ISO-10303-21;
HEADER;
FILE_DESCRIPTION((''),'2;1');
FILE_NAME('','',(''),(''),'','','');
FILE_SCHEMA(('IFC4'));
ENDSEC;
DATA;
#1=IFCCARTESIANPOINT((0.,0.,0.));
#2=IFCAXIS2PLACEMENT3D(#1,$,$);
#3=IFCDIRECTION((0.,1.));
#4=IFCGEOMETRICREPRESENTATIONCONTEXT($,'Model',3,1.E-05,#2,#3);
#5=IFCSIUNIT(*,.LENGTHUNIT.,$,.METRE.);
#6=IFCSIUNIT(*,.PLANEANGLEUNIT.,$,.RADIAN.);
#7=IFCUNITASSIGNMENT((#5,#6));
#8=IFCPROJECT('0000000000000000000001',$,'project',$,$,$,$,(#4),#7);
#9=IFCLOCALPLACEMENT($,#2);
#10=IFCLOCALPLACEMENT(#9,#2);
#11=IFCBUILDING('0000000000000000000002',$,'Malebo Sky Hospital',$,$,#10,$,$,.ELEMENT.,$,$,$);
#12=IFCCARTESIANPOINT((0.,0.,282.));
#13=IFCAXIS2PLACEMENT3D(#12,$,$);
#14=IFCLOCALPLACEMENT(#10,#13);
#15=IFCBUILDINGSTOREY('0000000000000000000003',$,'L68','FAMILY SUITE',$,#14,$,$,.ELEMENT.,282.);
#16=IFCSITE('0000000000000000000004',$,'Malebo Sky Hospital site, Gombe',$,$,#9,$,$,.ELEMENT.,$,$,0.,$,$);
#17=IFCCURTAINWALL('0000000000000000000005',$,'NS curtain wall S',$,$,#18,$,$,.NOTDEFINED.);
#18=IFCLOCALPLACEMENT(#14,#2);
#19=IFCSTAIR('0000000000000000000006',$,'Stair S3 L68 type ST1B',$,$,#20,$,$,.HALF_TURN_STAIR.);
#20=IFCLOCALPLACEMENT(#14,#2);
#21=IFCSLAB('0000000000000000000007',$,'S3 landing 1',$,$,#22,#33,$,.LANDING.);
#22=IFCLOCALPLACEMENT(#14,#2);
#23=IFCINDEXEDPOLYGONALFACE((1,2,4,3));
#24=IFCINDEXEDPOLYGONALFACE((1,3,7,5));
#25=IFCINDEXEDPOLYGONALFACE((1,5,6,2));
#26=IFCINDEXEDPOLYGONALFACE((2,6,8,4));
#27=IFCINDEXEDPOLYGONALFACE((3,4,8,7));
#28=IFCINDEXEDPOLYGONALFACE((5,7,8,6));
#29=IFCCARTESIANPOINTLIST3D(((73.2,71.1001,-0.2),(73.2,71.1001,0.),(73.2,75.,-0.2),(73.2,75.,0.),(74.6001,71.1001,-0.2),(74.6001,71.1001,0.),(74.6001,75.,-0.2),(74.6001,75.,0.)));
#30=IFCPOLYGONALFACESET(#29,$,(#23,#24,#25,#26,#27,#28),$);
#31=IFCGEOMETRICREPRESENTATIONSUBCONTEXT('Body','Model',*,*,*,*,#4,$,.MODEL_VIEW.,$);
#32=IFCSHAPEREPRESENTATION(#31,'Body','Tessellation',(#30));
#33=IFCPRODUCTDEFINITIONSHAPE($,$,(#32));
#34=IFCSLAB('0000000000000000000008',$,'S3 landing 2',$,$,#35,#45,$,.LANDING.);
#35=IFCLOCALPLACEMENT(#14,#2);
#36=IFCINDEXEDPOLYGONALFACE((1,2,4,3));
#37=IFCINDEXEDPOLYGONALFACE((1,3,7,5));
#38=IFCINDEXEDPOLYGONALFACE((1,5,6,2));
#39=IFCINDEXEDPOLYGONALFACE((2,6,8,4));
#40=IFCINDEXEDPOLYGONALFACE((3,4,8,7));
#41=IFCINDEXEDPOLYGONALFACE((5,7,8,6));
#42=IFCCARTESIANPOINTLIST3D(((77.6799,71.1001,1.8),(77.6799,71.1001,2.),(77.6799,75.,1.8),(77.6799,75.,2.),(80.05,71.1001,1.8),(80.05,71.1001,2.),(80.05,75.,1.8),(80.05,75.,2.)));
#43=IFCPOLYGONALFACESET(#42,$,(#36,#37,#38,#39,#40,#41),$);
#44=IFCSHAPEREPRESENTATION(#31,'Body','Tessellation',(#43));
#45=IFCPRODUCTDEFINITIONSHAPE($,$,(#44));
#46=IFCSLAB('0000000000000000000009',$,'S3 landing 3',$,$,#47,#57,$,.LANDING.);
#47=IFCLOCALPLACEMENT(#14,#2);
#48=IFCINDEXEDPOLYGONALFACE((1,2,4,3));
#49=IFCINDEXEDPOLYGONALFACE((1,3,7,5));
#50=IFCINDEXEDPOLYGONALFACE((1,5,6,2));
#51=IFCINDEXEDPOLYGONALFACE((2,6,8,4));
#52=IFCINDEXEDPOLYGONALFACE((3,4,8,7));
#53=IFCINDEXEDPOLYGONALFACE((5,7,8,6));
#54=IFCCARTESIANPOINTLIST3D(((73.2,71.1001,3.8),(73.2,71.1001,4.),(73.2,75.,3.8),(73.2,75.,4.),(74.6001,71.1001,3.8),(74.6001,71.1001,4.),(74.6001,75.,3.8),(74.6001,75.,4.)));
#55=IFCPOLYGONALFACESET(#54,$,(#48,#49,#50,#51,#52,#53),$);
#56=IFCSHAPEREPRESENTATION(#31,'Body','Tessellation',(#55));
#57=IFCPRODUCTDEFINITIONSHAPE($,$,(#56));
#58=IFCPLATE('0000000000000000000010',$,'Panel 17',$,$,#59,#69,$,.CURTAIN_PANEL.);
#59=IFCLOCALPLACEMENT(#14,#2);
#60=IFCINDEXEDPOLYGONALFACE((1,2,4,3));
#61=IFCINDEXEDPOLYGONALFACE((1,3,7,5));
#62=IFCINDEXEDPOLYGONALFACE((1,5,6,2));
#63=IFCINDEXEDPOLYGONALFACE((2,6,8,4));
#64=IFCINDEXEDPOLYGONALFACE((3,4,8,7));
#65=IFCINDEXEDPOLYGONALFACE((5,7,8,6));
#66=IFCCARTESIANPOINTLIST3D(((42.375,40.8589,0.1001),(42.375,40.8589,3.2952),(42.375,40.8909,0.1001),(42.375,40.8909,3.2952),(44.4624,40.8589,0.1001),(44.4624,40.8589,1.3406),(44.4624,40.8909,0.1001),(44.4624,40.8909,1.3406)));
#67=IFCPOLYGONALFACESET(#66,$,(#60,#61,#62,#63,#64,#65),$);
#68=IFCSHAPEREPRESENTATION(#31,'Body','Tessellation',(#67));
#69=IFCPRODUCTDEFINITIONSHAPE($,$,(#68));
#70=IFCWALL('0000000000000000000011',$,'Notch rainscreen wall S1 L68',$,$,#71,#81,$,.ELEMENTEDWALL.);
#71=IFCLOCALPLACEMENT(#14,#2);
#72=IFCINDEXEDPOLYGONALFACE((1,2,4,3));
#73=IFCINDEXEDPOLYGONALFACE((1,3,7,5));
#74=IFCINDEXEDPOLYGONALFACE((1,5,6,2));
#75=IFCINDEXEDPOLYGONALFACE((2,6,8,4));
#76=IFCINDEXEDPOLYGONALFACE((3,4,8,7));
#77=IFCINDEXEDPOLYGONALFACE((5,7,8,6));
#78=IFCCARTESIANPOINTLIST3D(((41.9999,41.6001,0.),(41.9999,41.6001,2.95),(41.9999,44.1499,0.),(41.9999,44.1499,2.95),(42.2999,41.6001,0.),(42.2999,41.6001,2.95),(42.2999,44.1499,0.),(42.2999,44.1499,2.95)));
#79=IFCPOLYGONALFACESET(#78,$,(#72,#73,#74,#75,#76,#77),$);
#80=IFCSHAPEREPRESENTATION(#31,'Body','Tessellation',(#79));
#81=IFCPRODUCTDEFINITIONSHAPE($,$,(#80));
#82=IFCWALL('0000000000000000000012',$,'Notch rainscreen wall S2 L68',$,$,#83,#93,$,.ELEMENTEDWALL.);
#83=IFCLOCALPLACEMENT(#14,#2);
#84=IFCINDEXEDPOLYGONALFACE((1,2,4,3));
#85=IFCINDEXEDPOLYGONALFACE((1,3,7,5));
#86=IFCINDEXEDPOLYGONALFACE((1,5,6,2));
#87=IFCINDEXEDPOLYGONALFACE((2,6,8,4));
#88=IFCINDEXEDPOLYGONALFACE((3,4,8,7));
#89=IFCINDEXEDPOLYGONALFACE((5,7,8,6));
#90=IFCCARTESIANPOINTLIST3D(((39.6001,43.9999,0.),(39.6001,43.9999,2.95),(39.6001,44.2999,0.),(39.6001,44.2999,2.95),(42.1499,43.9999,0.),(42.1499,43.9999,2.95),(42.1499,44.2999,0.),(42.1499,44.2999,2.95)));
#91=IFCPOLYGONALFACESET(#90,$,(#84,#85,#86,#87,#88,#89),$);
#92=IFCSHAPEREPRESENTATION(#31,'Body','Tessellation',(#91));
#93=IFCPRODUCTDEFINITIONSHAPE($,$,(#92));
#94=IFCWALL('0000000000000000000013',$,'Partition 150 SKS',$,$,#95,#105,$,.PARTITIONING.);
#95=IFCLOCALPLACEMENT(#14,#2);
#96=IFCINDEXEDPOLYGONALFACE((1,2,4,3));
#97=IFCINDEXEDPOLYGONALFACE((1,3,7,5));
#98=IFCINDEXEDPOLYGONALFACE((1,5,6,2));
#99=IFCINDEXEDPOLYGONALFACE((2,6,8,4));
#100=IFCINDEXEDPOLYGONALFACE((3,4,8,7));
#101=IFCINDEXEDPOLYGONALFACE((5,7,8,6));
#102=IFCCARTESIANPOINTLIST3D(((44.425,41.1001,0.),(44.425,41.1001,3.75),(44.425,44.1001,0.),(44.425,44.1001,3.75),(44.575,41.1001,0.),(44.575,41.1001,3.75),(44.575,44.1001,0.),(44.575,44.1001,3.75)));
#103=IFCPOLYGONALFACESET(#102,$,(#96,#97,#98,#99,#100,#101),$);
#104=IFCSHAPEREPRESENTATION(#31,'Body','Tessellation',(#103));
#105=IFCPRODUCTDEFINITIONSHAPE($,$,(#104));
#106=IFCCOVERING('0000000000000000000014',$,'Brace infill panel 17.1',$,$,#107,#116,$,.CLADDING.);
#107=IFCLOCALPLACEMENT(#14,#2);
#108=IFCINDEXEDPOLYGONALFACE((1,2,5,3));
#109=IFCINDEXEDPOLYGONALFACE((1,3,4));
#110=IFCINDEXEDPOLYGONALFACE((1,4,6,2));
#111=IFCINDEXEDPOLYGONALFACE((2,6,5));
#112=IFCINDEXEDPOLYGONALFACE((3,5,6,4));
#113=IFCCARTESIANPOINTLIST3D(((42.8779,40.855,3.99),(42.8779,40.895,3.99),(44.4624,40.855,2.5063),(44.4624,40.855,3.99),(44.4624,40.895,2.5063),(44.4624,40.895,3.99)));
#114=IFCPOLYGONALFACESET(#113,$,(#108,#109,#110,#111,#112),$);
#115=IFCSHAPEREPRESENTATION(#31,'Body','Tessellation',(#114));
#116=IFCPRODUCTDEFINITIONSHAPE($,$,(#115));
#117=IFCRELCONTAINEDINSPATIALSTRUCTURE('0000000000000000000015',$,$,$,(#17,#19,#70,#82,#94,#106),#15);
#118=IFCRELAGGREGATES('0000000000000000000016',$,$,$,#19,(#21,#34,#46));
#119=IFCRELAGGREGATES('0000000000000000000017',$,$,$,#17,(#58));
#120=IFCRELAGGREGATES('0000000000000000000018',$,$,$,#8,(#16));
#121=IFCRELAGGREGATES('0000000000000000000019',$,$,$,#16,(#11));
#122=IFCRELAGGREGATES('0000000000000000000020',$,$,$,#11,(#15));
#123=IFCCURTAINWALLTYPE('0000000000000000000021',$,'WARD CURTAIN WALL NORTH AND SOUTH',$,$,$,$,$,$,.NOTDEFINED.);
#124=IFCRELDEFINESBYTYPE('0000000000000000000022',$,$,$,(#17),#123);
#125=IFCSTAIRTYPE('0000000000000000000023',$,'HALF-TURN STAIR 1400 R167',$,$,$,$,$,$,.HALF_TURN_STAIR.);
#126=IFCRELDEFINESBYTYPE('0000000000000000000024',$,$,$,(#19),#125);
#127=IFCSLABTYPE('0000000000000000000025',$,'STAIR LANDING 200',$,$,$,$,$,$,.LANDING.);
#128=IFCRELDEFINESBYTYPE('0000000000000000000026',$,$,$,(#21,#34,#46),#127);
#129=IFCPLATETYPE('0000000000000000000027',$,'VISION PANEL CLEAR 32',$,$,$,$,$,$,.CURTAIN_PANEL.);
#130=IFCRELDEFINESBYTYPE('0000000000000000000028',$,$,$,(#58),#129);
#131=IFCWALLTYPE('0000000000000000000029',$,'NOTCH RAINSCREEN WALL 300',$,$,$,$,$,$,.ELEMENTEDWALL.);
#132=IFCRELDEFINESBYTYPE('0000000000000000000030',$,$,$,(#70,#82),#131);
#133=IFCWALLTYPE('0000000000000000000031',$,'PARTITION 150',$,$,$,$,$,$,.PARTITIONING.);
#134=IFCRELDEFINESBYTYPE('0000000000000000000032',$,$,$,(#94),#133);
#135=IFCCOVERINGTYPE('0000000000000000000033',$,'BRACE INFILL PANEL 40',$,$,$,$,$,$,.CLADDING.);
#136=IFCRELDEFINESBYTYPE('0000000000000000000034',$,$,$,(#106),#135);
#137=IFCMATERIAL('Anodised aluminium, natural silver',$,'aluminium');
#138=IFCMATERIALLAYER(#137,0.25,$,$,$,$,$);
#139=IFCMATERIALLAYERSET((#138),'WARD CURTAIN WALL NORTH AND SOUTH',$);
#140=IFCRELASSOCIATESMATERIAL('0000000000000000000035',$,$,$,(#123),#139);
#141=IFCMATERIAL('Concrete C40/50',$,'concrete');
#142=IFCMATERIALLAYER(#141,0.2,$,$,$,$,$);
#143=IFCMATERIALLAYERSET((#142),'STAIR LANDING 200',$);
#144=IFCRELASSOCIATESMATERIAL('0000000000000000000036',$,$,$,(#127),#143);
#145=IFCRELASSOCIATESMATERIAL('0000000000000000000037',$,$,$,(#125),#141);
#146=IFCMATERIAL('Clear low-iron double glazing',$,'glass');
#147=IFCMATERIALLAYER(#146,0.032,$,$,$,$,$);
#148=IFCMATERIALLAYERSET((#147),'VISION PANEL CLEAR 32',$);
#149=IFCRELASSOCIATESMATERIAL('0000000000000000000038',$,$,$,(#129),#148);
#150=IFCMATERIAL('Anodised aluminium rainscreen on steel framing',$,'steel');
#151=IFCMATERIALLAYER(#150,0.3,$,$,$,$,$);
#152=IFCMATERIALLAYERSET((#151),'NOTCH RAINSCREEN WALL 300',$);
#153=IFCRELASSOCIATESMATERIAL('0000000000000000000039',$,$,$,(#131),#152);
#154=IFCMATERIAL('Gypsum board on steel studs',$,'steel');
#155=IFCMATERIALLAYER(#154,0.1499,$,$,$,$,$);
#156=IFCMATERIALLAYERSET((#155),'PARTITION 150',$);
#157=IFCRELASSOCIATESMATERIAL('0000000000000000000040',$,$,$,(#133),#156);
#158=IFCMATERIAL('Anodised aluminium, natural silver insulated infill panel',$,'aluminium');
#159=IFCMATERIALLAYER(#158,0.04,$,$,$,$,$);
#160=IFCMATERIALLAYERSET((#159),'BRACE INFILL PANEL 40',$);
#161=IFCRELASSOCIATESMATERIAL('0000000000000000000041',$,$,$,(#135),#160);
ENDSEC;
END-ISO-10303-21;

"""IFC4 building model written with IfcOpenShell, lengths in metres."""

from ifc_helpers import new_model, si_unit, direction, frame, frame_2d, origin, place, context, subcontext, project, spatial, polyline, rectangle, outline, extrude, material, layer, layer_set, type_object, element, aggregate, save


model = new_model("IFC4")

# Units and contexts
model_context = context("Model", 3, precision=1e-05, world=origin(), true_north=direction((0.0, 1.0)))
body_context = subcontext(model_context, "Body", "Model", "MODEL_VIEW")
ifc_project = project(units=[si_unit("LENGTHUNIT", "METRE"), si_unit("PLANEANGLEUNIT", "RADIAN")], contexts=[model_context])

# Site, building, storey
site_placement = place(None, origin())
site = spatial("IfcSite", under=ifc_project, at=site_placement, Name="Malebo Sky Hospital site, Gombe", CompositionType="ELEMENT", RefElevation=0.0)
building_placement = place(site_placement, origin())
building = spatial("IfcBuilding", under=site, at=building_placement, Name="Malebo Sky Hospital", CompositionType="ELEMENT")
storey_placement = place(building_placement, frame((0.0, 0.0, 282.0)))
storey = spatial("IfcBuildingStorey", under=building, at=storey_placement, Name="L68", Description="FAMILY SUITE", CompositionType="ELEMENT", Elevation=282.0)

# Curtain wall
ifc_material_1 = material(Name="Anodised aluminium, natural silver", Category="aluminium")
ifc_layer_1 = layer(ifc_material_1, 0.25)
ifc_layer_set_1 = layer_set([ifc_layer_1], Name="WARD CURTAIN WALL NORTH AND SOUTH")
curtain_wall_type_1 = type_object("IfcCurtainWallType", Name="WARD CURTAIN WALL NORTH AND SOUTH", PredefinedType="NOTDEFINED", material=ifc_layer_set_1)
curtain_wall_1_placement = place(storey_placement, origin())
curtain_wall_1 = element("IfcCurtainWall", 1, at=curtain_wall_1_placement, inside=storey, type_object=curtain_wall_type_1, Name="NS curtain wall S", PredefinedType="NOTDEFINED")

# Shared definitions
ifc_material_2 = material(Name="Concrete C40/50", Category="concrete")

# Stair, slabs
ifc_layer_2 = layer(ifc_material_2, 0.2)
ifc_layer_set_2 = layer_set([ifc_layer_2], Name="STAIR LANDING 200")
slab_type_1 = type_object("IfcSlabType", Name="STAIR LANDING 200", PredefinedType="LANDING", material=ifc_layer_set_2)
stair_type_1 = type_object("IfcStairType", Name="HALF-TURN STAIR 1400 R167", PredefinedType="HALF_TURN_STAIR", material=ifc_material_2)
stair_1_placement = place(storey_placement, origin())
stair_1 = element("IfcStair", 2, at=stair_1_placement, inside=storey, type_object=stair_type_1, Name="Stair S3 L68 type ST1B", PredefinedType="HALF_TURN_STAIR")
slab_1_placement = place(storey_placement, frame((0.0, 0.0, -0.2)))
slab_1 = element("IfcSlab", 3, at=slab_1_placement, type_object=slab_type_1, Name="S3 landing 1", PredefinedType="LANDING", context=body_context, shape_type="SweptSolid", body=[
    extrude(outline(polyline([(73.2, 71.1001), (73.2, 75.0), (74.6001, 75.0), (74.6001, 71.1001), (73.2, 71.1001)])), origin(), (0.0, 0.0, 1.0), 0.2),
])
slab_2_placement = place(storey_placement, frame((0.0, 0.0, 1.8)))
slab_2 = element("IfcSlab", 4, at=slab_2_placement, type_object=slab_type_1, Name="S3 landing 2", PredefinedType="LANDING", context=body_context, shape_type="SweptSolid", body=[
    extrude(outline(polyline([(77.6799, 71.1001), (77.6799, 75.0), (80.05, 75.0), (80.05, 71.1001), (77.6799, 71.1001)])), origin(), (0.0, 0.0, 1.0), 0.2),
])
slab_3_placement = place(storey_placement, frame((0.0, 0.0, 3.8)))
slab_3 = element("IfcSlab", 5, at=slab_3_placement, type_object=slab_type_1, Name="S3 landing 3", PredefinedType="LANDING", context=body_context, shape_type="SweptSolid", body=[
    extrude(outline(polyline([(73.2, 71.1001), (73.2, 75.0), (74.6001, 75.0), (74.6001, 71.1001), (73.2, 71.1001)])), origin(), (0.0, 0.0, 1.0), 0.2),
])
aggregate(stair_1, [slab_1, slab_2, slab_3])

# Plate
ifc_material_3 = material(Name="Clear low-iron double glazing", Category="glass")
ifc_layer_3 = layer(ifc_material_3, 0.032)
ifc_layer_set_3 = layer_set([ifc_layer_3], Name="VISION PANEL CLEAR 32")
plate_type = type_object("IfcPlateType", Name="VISION PANEL CLEAR 32", PredefinedType="CURTAIN_PANEL", material=ifc_layer_set_3)
plate_placement = place(storey_placement, frame((43.4187, 40.875, 0.1001), z_axis=(0.0, 0.0, 1.0), x_axis=(-1.0, 0.0, 0.0)))
plate = element("IfcPlate", 6, at=plate_placement, type_object=plate_type, Name="Panel 17", PredefinedType="CURTAIN_PANEL", context=body_context, shape_type="SweptSolid", body=[
    extrude(outline(polyline([(-1.0437, 0.0), (1.0437, 0.0), (1.0437, 3.1951), (-1.0437, 1.2405), (-1.0437, 0.0)])), frame((0.0, 0.0161, 0.0), z_axis=(0.0, -1.0, 0.0), x_axis=(1.0, 0.0, 0.0)), (0.0, 0.0, 1.0), 0.032),
])
aggregate(curtain_wall_1, [plate])

# Walls
ifc_material_4 = material(Name="Anodised aluminium rainscreen on steel framing", Category="steel")
ifc_layer_4 = layer(ifc_material_4, 0.3)
ifc_layer_set_4 = layer_set([ifc_layer_4], Name="NOTCH RAINSCREEN WALL 300")
wall_type_1 = type_object("IfcWallType", Name="NOTCH RAINSCREEN WALL 300", PredefinedType="ELEMENTEDWALL", material=ifc_layer_set_4)
for number, where, z_axis, x_axis, name in (
    (7, (42.1499, 41.6001, 0.0), (0.0, 0.0, 1.0), (0.0, 1.0, 0.0), "Notch rainscreen wall S1 L68"),
    (8, (42.1499, 44.1499, 0.0), (0.0, 0.0, 1.0), (-1.0, 0.0, 0.0), "Notch rainscreen wall S2 L68"),
):
    element("IfcWall", number, at=place(storey_placement, frame(where, z_axis=z_axis, x_axis=x_axis)), inside=storey, type_object=wall_type_1, Name=name, PredefinedType="ELEMENTEDWALL", context=body_context, shape_type="SweptSolid", body=[
        extrude(rectangle(XDim=2.5498, YDim=0.3, at=frame_2d((1.2749, 0.0))), origin(), (0.0, 0.0, 1.0), 2.95),
    ])
ifc_material_5 = material(Name="Gypsum board on steel studs", Category="steel")
ifc_layer_5 = layer(ifc_material_5, 0.1499)
ifc_layer_set_5 = layer_set([ifc_layer_5], Name="PARTITION 150")
wall_type_2 = type_object("IfcWallType", Name="PARTITION 150", PredefinedType="PARTITIONING", material=ifc_layer_set_5)
wall_placement = place(storey_placement, frame((44.5, 44.1001, 0.0), z_axis=(0.0, 0.0, 1.0), x_axis=(0.0, -1.0, 0.0)))
element("IfcWall", 9, at=wall_placement, inside=storey, type_object=wall_type_2, Name="Partition 150 SKS", PredefinedType="PARTITIONING", context=body_context, shape_type="SweptSolid", body=[
    extrude(rectangle(XDim=3.0, YDim=0.1499, at=frame_2d((1.5, 0.0))), origin(), (0.0, 0.0, 1.0), 3.75),
])

# Covering
ifc_material_6 = material(Name="Anodised aluminium, natural silver insulated infill panel", Category="aluminium")
ifc_layer_6 = layer(ifc_material_6, 0.04)
ifc_layer_set_6 = layer_set([ifc_layer_6], Name="BRACE INFILL PANEL 40")
covering_type = type_object("IfcCoveringType", Name="BRACE INFILL PANEL 40", PredefinedType="CLADDING", material=ifc_layer_set_6)
covering_placement = place(storey_placement, frame((43.6702, 40.875, 2.5063), z_axis=(0.0, 0.0, 1.0), x_axis=(-1.0, 0.0, 0.0)))
element("IfcCovering", 10, at=covering_placement, inside=storey, type_object=covering_type, Name="Brace infill panel 17.1", PredefinedType="CLADDING", context=body_context, shape_type="SweptSolid", body=[
    extrude(outline(polyline([(-0.7922, 0.0), (0.7922, 1.4836), (-0.7922, 1.4836), (-0.7922, 0.0)])), frame((0.0, 0.02, 0.0), z_axis=(0.0, -1.0, 0.0), x_axis=(1.0, 0.0, 0.0)), (0.0, 0.0, 1.0), 0.04),
])

save(model, "model.ifc")
